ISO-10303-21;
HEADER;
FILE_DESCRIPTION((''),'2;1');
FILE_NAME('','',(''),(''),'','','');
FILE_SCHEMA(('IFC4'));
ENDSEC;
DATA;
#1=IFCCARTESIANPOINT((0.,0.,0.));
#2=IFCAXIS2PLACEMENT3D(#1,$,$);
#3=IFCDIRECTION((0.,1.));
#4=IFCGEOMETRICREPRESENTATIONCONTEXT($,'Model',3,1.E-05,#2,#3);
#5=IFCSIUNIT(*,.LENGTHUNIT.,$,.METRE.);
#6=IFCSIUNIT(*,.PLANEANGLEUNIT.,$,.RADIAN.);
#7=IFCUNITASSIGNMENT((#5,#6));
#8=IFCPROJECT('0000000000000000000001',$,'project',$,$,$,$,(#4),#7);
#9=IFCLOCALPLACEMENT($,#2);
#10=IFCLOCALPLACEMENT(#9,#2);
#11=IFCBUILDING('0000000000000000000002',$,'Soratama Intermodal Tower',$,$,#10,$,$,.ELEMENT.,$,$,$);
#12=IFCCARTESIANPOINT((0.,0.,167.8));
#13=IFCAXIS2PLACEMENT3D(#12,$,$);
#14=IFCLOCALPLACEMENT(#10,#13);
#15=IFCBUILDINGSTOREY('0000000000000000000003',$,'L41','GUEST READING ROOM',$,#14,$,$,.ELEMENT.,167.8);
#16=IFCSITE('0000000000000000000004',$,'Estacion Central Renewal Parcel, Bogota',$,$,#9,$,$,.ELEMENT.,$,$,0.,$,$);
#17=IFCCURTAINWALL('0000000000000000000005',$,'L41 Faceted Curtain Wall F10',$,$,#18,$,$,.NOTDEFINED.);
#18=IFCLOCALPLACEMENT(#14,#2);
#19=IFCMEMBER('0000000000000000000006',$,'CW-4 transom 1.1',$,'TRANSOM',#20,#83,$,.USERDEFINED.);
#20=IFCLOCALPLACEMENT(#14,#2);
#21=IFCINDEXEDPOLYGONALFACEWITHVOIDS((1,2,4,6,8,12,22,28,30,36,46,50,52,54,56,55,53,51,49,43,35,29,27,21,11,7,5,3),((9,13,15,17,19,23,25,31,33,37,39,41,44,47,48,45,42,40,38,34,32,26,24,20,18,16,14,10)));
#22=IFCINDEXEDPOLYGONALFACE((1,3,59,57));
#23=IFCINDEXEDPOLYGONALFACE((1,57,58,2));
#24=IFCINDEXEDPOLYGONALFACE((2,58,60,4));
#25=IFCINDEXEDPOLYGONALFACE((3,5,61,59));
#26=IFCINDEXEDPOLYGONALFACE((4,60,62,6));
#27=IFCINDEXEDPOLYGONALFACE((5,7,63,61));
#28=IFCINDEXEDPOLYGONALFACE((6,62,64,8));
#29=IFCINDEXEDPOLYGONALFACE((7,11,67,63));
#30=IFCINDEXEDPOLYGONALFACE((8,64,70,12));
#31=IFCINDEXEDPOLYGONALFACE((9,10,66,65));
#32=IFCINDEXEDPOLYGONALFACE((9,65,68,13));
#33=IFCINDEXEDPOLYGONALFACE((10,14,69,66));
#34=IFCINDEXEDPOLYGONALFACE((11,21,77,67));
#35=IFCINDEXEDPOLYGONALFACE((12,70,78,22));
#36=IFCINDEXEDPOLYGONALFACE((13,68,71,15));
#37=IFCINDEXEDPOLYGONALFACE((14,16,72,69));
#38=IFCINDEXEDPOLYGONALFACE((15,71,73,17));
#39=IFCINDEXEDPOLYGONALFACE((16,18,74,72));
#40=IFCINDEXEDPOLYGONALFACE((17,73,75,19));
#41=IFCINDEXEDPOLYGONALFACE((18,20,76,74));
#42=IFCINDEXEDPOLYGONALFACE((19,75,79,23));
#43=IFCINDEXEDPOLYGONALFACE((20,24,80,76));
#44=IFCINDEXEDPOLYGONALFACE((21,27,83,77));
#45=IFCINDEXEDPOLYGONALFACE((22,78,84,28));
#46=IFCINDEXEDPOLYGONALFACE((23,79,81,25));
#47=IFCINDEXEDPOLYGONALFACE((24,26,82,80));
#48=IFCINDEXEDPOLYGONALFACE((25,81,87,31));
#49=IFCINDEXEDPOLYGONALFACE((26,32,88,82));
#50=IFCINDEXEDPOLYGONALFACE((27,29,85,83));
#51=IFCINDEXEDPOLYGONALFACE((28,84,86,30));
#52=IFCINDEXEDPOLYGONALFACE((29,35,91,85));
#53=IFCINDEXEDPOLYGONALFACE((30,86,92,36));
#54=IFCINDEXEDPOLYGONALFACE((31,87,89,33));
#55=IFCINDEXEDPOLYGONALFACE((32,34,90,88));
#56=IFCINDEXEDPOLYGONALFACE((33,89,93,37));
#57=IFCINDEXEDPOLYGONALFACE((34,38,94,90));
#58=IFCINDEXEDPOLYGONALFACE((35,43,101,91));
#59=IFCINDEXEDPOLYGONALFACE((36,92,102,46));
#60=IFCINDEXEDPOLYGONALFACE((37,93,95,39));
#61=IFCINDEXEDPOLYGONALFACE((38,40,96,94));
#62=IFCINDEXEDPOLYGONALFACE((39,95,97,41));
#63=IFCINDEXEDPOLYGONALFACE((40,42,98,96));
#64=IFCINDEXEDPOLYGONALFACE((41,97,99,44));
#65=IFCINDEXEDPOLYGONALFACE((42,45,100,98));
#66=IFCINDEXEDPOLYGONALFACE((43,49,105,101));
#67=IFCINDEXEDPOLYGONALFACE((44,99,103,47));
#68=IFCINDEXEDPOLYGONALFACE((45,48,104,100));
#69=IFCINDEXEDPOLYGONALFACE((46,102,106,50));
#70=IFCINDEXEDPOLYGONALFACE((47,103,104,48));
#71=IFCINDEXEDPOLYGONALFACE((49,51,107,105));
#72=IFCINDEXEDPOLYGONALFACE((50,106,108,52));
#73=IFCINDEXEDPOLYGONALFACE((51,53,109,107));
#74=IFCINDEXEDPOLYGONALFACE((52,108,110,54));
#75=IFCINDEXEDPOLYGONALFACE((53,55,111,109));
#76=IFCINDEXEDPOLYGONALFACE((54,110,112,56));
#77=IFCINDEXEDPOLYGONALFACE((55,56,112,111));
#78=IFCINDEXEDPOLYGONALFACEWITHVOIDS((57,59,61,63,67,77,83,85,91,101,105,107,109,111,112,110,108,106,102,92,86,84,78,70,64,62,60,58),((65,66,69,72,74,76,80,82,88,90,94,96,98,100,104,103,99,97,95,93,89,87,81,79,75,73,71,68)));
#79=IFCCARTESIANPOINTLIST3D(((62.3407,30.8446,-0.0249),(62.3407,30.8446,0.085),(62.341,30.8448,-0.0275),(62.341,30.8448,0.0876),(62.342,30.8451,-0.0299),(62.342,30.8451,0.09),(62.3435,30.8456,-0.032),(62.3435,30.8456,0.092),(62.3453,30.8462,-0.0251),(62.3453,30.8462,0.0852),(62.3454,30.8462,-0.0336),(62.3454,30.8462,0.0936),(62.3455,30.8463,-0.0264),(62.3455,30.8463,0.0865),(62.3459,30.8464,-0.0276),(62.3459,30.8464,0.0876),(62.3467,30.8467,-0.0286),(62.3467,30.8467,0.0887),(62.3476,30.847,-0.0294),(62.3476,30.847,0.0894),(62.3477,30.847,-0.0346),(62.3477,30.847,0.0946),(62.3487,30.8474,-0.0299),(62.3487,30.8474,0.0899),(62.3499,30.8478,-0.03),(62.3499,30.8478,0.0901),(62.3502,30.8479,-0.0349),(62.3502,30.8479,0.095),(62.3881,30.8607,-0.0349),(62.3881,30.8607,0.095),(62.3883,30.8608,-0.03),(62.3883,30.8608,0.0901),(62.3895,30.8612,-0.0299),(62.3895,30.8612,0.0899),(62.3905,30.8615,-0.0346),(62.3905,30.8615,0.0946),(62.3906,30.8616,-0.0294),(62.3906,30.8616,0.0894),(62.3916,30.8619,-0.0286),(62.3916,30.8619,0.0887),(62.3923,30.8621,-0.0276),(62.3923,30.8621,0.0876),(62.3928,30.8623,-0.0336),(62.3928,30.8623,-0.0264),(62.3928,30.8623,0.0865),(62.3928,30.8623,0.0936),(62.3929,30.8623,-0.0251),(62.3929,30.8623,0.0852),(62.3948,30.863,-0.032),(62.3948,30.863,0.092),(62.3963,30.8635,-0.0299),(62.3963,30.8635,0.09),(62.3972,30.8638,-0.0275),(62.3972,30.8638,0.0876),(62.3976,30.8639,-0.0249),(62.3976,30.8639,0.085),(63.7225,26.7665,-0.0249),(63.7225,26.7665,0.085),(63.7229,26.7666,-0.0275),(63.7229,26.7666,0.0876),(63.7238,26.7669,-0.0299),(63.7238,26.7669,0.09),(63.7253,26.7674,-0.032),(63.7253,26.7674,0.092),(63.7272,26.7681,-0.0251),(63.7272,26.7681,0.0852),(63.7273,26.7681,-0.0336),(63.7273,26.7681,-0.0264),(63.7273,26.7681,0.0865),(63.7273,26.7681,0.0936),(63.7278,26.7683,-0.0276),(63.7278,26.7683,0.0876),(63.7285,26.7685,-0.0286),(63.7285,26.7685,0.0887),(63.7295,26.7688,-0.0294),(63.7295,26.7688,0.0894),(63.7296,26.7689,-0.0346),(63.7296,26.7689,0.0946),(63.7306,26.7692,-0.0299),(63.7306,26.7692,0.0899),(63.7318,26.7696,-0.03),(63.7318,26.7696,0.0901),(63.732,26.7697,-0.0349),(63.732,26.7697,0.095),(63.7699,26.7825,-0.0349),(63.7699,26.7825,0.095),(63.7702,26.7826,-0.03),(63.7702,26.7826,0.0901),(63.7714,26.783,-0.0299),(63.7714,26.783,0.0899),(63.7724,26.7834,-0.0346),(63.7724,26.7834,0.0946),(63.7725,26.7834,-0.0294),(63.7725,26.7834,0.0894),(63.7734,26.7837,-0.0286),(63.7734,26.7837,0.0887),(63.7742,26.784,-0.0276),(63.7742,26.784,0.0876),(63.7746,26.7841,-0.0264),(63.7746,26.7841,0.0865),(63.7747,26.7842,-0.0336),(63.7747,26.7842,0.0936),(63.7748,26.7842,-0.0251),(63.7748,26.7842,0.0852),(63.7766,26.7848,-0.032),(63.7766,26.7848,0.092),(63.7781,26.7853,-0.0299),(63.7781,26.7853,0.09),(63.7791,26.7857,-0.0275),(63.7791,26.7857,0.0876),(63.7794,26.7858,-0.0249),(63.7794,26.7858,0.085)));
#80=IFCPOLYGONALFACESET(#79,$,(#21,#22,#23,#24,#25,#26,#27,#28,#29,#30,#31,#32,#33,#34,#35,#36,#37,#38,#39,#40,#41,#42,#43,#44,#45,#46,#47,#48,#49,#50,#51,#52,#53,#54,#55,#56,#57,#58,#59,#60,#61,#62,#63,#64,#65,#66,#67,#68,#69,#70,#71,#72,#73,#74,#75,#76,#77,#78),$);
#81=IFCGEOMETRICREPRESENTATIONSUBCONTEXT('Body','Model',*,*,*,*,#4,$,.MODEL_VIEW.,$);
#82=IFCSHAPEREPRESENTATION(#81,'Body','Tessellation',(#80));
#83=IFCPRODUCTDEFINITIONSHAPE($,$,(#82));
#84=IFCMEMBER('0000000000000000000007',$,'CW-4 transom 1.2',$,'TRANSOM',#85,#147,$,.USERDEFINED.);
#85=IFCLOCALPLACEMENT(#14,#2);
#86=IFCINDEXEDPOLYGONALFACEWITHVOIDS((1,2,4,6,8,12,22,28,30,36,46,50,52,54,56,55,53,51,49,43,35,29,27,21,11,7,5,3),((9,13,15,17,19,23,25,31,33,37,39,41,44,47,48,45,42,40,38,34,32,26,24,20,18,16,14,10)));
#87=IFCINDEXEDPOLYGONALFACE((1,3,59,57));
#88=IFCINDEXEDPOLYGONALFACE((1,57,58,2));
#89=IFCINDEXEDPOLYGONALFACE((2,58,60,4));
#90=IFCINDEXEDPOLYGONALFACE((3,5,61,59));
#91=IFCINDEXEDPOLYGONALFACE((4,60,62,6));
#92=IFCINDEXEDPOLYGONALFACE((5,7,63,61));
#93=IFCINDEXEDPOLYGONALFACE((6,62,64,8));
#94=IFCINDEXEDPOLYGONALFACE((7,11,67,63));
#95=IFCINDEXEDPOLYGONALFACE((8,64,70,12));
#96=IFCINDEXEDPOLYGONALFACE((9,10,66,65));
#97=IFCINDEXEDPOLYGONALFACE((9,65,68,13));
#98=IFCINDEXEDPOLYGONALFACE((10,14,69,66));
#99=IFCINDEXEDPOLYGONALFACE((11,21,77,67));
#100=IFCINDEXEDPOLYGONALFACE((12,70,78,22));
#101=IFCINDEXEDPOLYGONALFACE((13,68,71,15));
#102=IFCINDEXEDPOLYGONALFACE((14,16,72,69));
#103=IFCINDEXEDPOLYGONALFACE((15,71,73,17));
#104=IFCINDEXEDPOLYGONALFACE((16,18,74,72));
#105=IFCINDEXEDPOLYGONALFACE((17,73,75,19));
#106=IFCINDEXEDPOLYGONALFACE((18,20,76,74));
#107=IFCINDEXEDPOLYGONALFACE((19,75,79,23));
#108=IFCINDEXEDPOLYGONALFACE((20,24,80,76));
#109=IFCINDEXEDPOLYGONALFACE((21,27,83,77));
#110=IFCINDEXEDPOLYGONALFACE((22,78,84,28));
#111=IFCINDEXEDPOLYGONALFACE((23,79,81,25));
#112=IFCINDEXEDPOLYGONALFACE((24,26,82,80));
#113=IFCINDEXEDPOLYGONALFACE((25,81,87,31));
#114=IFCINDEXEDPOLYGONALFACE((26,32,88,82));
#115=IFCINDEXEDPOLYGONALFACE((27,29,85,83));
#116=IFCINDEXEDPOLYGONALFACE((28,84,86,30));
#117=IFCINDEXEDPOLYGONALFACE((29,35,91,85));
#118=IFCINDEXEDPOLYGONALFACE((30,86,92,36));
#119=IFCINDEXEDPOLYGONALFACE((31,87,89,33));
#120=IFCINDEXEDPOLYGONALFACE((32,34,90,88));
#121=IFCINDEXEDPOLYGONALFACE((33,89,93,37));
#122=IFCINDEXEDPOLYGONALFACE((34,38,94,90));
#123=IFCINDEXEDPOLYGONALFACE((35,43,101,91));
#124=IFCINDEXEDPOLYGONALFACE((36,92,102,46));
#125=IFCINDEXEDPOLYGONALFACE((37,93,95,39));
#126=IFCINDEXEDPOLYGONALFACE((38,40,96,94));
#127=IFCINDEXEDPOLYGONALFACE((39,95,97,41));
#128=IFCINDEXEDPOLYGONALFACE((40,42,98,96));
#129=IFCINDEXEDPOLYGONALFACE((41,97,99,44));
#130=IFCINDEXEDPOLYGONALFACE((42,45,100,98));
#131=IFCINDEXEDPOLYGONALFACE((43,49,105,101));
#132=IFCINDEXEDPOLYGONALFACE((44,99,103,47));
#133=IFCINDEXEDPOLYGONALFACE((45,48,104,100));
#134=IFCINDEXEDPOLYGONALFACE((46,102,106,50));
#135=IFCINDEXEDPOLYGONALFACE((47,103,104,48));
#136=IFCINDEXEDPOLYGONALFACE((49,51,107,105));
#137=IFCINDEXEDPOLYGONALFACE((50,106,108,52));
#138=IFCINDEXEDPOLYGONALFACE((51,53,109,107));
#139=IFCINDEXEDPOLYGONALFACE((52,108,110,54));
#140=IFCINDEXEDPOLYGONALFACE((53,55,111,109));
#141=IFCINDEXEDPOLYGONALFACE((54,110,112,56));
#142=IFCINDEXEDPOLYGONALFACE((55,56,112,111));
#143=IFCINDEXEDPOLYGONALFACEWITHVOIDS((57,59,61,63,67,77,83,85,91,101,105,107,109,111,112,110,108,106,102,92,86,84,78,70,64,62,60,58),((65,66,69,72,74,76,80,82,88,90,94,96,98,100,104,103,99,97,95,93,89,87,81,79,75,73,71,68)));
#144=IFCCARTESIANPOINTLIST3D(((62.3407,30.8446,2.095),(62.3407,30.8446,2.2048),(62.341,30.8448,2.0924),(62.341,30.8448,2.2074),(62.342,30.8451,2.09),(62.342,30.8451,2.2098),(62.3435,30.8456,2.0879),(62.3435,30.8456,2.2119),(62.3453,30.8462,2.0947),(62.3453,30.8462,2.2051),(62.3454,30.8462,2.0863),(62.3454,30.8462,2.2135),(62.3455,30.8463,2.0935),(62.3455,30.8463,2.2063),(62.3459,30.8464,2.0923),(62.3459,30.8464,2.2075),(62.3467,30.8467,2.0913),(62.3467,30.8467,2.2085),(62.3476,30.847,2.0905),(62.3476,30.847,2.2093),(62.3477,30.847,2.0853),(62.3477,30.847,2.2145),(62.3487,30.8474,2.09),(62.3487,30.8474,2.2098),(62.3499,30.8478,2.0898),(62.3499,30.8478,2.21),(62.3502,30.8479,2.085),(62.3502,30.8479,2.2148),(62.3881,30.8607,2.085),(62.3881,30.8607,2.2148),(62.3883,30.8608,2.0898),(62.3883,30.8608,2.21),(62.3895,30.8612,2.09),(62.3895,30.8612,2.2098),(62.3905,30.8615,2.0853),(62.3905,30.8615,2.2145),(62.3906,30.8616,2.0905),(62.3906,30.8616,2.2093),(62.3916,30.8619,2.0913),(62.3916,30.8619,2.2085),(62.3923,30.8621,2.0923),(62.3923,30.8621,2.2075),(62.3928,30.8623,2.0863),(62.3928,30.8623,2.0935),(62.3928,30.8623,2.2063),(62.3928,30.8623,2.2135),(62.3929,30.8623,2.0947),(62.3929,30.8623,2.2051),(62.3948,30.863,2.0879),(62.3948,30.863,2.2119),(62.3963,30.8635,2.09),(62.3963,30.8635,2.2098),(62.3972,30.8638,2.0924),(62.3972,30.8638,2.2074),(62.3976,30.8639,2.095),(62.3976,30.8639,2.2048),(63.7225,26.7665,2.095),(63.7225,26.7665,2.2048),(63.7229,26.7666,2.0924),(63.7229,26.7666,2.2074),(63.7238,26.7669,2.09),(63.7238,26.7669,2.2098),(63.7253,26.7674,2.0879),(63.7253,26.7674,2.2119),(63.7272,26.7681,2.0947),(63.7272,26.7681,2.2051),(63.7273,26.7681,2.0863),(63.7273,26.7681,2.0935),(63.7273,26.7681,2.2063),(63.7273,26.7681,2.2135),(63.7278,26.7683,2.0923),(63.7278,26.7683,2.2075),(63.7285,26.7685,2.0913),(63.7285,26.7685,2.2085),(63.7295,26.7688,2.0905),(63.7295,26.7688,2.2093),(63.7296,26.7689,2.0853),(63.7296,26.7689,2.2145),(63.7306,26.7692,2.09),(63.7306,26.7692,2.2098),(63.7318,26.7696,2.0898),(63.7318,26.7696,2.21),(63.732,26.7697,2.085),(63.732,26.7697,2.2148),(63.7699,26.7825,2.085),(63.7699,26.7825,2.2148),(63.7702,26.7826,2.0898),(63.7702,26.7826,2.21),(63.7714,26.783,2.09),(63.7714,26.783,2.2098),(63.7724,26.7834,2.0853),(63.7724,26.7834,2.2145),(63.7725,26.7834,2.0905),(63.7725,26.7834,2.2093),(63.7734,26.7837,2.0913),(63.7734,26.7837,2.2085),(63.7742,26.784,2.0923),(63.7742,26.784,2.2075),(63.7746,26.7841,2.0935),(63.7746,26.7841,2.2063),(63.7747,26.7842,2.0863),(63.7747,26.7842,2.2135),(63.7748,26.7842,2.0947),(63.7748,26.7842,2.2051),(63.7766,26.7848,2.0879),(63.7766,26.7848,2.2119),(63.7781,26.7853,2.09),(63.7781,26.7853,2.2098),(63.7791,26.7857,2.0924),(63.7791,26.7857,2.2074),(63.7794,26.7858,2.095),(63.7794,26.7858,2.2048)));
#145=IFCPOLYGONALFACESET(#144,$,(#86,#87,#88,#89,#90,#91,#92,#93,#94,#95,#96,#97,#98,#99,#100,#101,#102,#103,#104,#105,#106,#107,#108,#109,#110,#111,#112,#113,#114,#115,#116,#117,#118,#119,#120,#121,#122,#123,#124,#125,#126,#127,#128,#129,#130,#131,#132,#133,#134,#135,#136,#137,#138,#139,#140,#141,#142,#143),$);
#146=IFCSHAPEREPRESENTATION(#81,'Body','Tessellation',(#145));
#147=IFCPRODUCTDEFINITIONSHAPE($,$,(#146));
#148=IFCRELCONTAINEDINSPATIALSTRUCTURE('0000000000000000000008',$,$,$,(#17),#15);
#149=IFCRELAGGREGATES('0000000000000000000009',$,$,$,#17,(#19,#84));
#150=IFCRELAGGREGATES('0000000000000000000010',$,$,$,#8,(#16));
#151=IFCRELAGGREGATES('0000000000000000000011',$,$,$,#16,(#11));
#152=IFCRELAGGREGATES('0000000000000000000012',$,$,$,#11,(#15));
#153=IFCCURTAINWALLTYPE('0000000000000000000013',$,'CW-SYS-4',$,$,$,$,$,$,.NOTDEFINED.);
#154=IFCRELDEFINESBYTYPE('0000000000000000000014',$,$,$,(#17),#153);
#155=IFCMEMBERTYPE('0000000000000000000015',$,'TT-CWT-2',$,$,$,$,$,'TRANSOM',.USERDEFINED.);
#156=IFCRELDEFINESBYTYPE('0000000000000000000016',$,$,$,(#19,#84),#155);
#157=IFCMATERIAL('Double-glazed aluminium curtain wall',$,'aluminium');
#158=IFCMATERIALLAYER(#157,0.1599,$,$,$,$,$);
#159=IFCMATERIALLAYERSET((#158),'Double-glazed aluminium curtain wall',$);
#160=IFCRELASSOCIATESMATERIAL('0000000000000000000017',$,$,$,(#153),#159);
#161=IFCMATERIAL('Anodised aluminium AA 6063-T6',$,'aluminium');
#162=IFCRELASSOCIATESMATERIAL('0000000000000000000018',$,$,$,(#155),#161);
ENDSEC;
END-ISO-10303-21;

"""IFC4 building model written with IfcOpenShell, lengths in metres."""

from ifc_helpers import new_model, si_unit, direction, frame, origin, origin_2d, place, context, subcontext, project, spatial, hollow_rectangle, extrude, material, layer, layer_set, material_profile, profile_set, type_object, element, aggregate, save


model = new_model("IFC4")

# Units and contexts
model_context = context("Model", 3, precision=1e-05, world=origin(), true_north=direction((0.0, 1.0)))
body_context = subcontext(model_context, "Body", "Model", "MODEL_VIEW")
ifc_project = project(units=[si_unit("LENGTHUNIT", "METRE"), si_unit("PLANEANGLEUNIT", "RADIAN")], contexts=[model_context])

# Site, building, storey
site_placement = place(None, origin())
site = spatial("IfcSite", under=ifc_project, at=site_placement, Name="Estacion Central Renewal Parcel, Bogota", CompositionType="ELEMENT", RefElevation=0.0)
building_placement = place(site_placement, origin())
building = spatial("IfcBuilding", under=site, at=building_placement, Name="Soratama Intermodal Tower", CompositionType="ELEMENT")
storey_placement = place(building_placement, frame((0.0, 0.0, 167.8)))
storey = spatial("IfcBuildingStorey", under=building, at=storey_placement, Name="L41", Description="GUEST READING ROOM", CompositionType="ELEMENT", Elevation=167.8)

# Curtain wall, members
ifc_material_1 = material(Name="Double-glazed aluminium curtain wall", Category="aluminium")
ifc_layer_1 = layer(ifc_material_1, 0.1599)
ifc_layer_set_1 = layer_set([ifc_layer_1], Name="Double-glazed aluminium curtain wall")
curtain_wall_type = type_object("IfcCurtainWallType", Name="CW-SYS-4", PredefinedType="NOTDEFINED", material=ifc_layer_set_1)
curtain_wall_placement = place(storey_placement, origin())
curtain_wall = element("IfcCurtainWall", 1, at=curtain_wall_placement, inside=storey, type_object=curtain_wall_type, Name="L41 Faceted Curtain Wall F10", PredefinedType="NOTDEFINED")
ifc_material_2 = material(Name="Anodised aluminium AA 6063-T6", Category="aluminium")
ifc_material_profile_1 = material_profile(ifc_material_2, hollow_rectangle(XDim=0.0601, YDim=0.1299, WallThickness=0.0049, InnerFilletRadius=0.0049, OuterFilletRadius=0.01, at=origin_2d()), Name="CWT130X60X5")
ifc_profile_set_1 = profile_set([ifc_material_profile_1], Name="Anodised aluminium AA 6063-T6")
member_type_1 = type_object("IfcMemberType", Name="TT-CWT-2", ElementType="TRANSOM", PredefinedType="USERDEFINED", material=ifc_profile_set_1)
member_1_placement = place(storey_placement, frame((63.751, 26.7761, 0.03), z_axis=(-0.320919, 0.947107, 0.0), x_axis=(-0.947107, -0.320919, 0.0)))
member_1 = element("IfcMember", 2, at=member_1_placement, type_object=member_type_1, Name="CW-4 transom 1.1", ObjectType="TRANSOM", PredefinedType="USERDEFINED", context=body_context, shape_type="SweptSolid", body=[
    extrude(hollow_rectangle(XDim=0.0601, YDim=0.1299, WallThickness=0.0049, InnerFilletRadius=0.0049, OuterFilletRadius=0.01, at=origin_2d()), origin(), (0.0, 0.0, 1.0), 4.3059),
])
member_2_placement = place(storey_placement, frame((63.751, 26.7761, 2.1499), z_axis=(-0.320919, 0.947107, 0.0), x_axis=(-0.947107, -0.320919, 0.0)))
member_2 = element("IfcMember", 3, at=member_2_placement, type_object=member_type_1, Name="CW-4 transom 1.2", ObjectType="TRANSOM", PredefinedType="USERDEFINED", context=body_context, shape_type="SweptSolid", body=[
    extrude(hollow_rectangle(XDim=0.0601, YDim=0.1299, WallThickness=0.0049, InnerFilletRadius=0.0049, OuterFilletRadius=0.01, at=origin_2d()), origin(), (0.0, 0.0, 1.0), 4.3059),
])
aggregate(curtain_wall, [member_1, member_2])

save(model, "model.ifc")
